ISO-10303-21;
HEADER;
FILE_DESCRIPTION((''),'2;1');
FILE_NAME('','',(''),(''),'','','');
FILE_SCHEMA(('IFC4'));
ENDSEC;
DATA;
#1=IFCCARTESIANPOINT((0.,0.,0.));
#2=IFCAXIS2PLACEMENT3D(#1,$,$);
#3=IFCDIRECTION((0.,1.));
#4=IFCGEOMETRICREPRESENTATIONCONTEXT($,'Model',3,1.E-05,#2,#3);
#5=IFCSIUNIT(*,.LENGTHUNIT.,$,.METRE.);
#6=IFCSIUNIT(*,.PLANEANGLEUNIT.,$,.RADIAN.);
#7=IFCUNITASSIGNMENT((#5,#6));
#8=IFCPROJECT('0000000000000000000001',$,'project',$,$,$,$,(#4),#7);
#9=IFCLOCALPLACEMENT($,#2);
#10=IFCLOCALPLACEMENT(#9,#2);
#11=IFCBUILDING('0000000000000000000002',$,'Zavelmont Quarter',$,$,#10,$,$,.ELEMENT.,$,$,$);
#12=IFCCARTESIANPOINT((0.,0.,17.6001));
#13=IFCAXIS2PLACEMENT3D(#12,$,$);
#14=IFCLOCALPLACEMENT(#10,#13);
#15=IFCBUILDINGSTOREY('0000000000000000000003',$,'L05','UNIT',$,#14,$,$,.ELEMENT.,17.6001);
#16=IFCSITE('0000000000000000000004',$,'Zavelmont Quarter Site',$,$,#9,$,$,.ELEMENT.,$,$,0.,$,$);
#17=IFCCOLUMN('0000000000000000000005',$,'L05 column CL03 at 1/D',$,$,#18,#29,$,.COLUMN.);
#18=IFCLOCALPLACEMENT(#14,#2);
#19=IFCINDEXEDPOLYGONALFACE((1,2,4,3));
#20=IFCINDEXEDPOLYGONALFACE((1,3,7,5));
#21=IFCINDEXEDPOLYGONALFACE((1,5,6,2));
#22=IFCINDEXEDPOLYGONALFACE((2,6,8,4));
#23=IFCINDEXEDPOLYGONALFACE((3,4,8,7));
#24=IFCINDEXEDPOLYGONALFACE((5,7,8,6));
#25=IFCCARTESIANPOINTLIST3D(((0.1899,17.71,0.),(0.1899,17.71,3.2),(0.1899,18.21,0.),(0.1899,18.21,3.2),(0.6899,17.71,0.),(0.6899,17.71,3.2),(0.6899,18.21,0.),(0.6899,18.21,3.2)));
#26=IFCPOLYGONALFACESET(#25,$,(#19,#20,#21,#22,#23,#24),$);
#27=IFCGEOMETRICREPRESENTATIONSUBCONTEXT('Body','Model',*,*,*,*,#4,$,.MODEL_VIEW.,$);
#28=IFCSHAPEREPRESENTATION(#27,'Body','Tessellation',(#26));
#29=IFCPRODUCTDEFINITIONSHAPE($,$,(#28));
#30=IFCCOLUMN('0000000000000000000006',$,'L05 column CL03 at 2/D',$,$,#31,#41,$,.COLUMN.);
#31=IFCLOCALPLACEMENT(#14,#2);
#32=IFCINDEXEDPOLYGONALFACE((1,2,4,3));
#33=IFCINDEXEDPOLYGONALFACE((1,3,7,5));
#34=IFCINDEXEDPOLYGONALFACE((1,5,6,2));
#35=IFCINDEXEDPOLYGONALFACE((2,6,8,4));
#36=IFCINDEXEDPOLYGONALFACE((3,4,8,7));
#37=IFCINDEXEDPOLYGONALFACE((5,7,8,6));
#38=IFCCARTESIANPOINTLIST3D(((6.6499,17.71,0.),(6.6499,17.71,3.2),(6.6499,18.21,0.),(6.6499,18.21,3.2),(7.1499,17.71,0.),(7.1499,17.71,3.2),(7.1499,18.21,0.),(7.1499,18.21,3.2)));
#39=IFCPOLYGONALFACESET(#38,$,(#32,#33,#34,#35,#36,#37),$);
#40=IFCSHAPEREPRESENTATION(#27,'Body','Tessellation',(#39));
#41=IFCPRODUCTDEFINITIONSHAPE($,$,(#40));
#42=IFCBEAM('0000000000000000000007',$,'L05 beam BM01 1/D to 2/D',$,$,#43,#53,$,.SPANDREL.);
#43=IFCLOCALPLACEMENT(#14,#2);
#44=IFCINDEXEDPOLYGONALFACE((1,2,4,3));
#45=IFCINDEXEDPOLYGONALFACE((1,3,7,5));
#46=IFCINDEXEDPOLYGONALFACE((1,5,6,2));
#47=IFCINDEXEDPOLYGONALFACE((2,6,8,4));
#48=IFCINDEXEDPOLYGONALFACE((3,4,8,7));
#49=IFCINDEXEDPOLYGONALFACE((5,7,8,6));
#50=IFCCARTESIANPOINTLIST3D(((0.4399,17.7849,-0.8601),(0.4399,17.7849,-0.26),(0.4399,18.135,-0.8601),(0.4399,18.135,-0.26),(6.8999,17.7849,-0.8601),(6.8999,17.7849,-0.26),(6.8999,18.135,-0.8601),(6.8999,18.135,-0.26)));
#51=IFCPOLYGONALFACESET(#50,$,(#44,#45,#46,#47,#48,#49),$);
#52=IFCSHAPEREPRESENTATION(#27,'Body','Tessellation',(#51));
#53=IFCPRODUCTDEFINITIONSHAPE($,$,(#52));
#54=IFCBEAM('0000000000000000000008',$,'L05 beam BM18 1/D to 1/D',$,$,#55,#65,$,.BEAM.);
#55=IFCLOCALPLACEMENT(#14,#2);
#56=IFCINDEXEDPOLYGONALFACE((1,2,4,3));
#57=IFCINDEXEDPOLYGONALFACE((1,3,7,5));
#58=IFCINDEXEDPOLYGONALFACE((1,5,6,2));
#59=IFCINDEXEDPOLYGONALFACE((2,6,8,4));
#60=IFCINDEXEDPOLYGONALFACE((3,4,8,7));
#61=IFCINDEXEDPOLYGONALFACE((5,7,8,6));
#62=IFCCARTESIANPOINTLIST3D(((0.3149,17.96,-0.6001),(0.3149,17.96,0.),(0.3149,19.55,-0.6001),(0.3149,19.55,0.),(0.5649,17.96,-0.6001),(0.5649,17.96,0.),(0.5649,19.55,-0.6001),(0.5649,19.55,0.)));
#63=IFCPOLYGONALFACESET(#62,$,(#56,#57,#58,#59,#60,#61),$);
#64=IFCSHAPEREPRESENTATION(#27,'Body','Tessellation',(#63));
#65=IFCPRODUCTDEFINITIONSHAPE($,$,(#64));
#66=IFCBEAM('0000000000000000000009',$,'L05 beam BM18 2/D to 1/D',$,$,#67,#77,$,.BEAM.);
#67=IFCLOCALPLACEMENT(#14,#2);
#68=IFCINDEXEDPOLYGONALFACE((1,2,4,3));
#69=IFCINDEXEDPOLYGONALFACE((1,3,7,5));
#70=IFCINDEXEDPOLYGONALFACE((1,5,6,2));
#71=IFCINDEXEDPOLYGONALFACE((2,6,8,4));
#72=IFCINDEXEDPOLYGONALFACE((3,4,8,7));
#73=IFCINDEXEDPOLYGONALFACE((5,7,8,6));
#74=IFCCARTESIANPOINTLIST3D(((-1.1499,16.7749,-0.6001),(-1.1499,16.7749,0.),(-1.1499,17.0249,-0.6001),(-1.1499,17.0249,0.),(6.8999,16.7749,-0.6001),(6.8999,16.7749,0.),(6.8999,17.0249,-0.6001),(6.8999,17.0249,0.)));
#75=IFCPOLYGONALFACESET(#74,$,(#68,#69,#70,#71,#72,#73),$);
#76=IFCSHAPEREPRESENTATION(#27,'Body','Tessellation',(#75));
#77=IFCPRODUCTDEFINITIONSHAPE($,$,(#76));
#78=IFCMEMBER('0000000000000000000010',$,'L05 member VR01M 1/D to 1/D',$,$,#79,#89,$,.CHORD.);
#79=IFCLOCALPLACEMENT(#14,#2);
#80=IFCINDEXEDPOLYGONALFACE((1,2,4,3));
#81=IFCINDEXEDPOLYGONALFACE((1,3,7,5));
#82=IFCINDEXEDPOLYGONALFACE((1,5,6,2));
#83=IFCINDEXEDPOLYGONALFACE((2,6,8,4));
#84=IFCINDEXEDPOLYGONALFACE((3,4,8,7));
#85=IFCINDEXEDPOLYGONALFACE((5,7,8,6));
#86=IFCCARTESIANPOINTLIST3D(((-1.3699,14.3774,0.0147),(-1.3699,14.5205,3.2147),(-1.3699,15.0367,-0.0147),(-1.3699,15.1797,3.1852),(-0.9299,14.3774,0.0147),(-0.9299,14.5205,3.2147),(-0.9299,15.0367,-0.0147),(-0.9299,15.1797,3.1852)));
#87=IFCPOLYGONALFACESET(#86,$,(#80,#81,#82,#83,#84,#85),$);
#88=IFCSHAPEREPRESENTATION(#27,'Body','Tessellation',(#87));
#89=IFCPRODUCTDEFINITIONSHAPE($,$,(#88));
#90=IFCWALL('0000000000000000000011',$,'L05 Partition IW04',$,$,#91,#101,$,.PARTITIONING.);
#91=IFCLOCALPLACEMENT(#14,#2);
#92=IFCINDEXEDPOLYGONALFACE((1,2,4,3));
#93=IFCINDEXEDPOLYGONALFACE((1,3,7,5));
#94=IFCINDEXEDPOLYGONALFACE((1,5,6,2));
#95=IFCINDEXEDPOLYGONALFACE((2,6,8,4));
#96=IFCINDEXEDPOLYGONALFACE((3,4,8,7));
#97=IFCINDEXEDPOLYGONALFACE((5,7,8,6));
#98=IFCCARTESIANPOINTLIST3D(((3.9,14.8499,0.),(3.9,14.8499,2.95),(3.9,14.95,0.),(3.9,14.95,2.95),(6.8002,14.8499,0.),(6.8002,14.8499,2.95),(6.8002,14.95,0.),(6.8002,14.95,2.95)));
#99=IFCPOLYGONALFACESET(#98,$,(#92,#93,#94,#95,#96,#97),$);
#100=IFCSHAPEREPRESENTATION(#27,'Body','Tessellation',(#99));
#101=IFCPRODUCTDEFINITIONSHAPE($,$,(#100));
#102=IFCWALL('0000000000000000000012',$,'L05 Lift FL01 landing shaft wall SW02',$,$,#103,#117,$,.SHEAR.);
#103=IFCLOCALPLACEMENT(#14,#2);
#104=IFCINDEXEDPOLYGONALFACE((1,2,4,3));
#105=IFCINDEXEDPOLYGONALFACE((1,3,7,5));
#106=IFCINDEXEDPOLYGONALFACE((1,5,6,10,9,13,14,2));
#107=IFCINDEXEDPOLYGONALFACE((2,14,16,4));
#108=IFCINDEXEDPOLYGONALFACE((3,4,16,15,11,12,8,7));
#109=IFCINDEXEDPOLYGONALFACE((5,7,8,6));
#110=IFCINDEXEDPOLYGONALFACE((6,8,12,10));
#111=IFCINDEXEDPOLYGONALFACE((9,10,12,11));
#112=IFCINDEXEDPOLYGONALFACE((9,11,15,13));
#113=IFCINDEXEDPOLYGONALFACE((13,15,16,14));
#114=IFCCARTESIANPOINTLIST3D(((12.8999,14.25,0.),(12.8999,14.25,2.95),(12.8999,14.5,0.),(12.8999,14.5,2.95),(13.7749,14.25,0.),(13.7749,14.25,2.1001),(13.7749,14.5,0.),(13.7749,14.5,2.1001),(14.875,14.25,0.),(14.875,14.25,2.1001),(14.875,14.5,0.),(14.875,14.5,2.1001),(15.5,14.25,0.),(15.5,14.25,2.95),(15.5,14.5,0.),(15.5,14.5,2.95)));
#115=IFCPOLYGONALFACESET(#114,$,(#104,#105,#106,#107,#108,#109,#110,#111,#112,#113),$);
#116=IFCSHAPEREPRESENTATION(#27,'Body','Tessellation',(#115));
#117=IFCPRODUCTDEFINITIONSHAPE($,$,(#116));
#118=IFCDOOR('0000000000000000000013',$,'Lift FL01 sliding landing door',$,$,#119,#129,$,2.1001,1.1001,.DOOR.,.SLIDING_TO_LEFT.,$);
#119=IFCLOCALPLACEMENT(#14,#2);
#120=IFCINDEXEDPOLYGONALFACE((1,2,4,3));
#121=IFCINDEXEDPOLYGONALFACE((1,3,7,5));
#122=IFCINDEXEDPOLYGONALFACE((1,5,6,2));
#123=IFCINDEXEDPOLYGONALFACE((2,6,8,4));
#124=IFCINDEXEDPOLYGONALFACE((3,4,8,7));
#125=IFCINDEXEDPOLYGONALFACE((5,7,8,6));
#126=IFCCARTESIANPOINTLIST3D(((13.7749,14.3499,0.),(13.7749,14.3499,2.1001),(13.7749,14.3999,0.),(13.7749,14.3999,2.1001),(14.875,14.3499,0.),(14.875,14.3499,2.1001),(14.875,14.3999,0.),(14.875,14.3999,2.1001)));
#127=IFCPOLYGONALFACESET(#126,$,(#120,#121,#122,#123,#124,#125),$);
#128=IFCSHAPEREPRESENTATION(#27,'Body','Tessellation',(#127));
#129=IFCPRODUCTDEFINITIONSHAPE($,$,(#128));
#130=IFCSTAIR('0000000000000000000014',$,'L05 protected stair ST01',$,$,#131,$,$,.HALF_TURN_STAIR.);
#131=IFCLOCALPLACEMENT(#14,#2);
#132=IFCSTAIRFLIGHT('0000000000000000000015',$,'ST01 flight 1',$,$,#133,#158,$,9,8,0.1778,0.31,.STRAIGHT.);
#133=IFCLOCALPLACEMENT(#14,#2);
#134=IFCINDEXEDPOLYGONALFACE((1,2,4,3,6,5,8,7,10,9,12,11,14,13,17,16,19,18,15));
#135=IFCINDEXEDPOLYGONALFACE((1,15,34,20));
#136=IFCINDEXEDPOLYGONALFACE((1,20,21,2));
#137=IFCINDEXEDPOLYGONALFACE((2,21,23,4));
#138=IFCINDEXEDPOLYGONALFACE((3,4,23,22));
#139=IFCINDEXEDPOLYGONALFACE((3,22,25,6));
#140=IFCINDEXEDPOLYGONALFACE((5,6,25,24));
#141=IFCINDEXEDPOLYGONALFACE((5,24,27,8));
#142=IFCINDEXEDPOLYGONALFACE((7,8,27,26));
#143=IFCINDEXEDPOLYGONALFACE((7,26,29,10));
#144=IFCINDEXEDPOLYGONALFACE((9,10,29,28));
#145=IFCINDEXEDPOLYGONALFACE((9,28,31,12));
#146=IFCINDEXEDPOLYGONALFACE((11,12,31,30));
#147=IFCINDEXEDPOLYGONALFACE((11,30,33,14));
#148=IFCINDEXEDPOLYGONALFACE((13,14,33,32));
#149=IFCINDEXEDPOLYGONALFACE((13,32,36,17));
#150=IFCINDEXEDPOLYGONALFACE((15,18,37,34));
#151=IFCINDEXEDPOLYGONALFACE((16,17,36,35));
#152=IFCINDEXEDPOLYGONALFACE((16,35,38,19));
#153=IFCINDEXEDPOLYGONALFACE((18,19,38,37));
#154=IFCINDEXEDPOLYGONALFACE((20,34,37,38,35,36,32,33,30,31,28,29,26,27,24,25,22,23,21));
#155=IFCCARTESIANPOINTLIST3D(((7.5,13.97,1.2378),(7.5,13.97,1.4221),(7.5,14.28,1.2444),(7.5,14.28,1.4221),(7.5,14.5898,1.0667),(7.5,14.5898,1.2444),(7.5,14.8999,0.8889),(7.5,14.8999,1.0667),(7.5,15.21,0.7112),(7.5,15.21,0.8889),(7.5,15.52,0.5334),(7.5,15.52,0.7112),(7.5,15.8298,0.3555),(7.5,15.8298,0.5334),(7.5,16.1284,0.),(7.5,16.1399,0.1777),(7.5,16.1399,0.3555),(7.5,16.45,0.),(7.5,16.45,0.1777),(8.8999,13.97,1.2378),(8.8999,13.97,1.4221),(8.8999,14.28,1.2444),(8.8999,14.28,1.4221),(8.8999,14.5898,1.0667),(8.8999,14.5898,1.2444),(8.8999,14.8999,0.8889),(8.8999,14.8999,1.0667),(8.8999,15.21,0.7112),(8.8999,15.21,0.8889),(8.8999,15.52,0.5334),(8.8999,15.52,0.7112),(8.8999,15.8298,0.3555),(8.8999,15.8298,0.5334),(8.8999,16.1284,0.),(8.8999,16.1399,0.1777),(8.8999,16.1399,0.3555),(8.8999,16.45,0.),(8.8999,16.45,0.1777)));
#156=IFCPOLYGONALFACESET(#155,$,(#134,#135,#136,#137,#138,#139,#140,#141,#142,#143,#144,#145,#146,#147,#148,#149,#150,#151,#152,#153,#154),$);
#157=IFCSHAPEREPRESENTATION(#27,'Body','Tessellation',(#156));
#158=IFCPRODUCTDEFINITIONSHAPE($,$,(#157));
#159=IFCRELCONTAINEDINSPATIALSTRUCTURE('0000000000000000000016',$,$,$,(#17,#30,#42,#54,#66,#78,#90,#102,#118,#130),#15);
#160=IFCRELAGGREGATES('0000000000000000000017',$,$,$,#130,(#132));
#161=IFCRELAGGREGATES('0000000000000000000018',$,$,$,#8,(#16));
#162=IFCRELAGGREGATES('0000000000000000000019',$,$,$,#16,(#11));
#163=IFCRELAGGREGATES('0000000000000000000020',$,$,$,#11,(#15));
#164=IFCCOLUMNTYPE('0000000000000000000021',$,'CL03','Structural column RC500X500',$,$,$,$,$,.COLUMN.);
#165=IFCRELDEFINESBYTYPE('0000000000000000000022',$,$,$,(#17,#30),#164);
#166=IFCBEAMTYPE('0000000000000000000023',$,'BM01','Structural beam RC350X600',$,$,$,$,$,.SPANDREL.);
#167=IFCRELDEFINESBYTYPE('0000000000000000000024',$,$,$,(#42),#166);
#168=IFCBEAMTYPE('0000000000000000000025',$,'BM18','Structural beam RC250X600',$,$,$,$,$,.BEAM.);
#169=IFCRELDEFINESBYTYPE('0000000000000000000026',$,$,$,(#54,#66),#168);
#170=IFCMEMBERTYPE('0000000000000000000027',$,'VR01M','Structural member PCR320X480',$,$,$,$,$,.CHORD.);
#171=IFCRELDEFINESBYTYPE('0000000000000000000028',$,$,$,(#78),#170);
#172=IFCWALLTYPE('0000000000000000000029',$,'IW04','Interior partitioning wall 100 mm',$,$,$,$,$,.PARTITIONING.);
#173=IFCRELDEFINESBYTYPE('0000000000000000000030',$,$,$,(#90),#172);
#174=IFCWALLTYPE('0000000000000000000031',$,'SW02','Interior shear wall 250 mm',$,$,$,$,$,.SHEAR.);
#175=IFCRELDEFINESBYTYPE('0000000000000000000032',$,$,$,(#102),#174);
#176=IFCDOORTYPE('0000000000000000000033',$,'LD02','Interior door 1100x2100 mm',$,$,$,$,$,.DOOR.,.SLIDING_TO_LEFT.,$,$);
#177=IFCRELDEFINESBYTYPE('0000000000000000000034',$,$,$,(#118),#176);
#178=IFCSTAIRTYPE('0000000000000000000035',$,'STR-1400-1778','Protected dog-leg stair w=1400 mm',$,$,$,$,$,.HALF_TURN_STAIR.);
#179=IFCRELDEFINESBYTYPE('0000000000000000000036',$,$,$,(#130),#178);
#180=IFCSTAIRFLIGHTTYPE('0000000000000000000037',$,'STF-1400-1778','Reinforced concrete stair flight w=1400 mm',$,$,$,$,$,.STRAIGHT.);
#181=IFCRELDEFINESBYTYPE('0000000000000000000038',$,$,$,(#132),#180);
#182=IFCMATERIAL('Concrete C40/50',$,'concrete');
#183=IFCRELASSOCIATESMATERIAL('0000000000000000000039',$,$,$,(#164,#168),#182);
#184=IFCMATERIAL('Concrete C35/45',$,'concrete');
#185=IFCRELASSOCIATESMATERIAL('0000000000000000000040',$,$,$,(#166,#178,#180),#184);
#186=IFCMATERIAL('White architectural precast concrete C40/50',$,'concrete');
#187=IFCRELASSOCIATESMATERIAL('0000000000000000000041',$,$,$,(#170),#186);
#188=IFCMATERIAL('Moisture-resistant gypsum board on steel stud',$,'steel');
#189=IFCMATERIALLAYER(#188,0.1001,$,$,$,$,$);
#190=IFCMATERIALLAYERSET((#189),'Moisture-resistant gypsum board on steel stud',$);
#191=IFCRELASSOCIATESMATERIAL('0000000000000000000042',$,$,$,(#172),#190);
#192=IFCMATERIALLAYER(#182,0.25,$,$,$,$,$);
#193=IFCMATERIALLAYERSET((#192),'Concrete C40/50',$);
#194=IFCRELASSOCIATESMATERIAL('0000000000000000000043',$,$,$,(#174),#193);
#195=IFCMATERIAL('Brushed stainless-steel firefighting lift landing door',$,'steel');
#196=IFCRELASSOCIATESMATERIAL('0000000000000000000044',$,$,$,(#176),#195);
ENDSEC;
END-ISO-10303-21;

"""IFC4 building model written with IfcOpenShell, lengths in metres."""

from ifc_helpers import new_model, si_unit, direction, frame, frame_2d, origin, origin_with_axes, origin_2d, place, context, subcontext, project, spatial, polyline, rectangle, outline, extrude, material, layer, layer_set, material_profile, profile_set, type_object, element, fill, aggregate, save


model = new_model("IFC4")

# Units and contexts
model_context = context("Model", 3, precision=1e-05, world=origin(), true_north=direction((0.0, 1.0)))
body_context = subcontext(model_context, "Body", "Model", "MODEL_VIEW")
ifc_project = project(units=[si_unit("LENGTHUNIT", "METRE"), si_unit("PLANEANGLEUNIT", "RADIAN")], contexts=[model_context])

# Site, building, storey
site_placement = place(None, origin())
site = spatial("IfcSite", under=ifc_project, at=site_placement, Name="Zavelmont Quarter Site", CompositionType="ELEMENT", RefElevation=0.0)
building_placement = place(site_placement, origin())
building = spatial("IfcBuilding", under=site, at=building_placement, Name="Zavelmont Quarter", CompositionType="ELEMENT")
storey_placement = place(building_placement, frame((0.0, 0.0, 17.6001)))
storey = spatial("IfcBuildingStorey", under=building, at=storey_placement, Name="L05", Description="UNIT", CompositionType="ELEMENT", Elevation=17.6001)

# Columns
ifc_material_1 = material(Name="Concrete C40/50", Category="concrete")
ifc_material_profile_1 = material_profile(ifc_material_1, rectangle(XDim=0.5, YDim=0.5, at=origin_2d()), Name="RC500X500")
ifc_profile_set_1 = profile_set([ifc_material_profile_1], Name="Concrete C40/50")
column_type = type_object("IfcColumnType", Name="CL03", Description="Structural column RC500X500", PredefinedType="COLUMN", material=ifc_profile_set_1)
for number, where, z_axis, x_axis, name in (
    (1, (0.4399, 17.96, 0.0), (0.0, 0.0, 1.0), (1.0, 0.0, 0.0), "L05 column CL03 at 1/D"),
    (2, (6.8999, 17.96, 0.0), (0.0, 0.0, 1.0), (1.0, 0.0, 0.0), "L05 column CL03 at 2/D"),
):
    element("IfcColumn", number, at=place(storey_placement, frame(where, z_axis=z_axis, x_axis=x_axis)), inside=storey, type_object=column_type, Name=name, PredefinedType="COLUMN", context=body_context, shape_type="SweptSolid", body=[
        extrude(rectangle(XDim=0.5, YDim=0.5, at=origin_2d()), origin(), (0.0, 0.0, 1.0), 3.2),
    ])

# Beams
ifc_material_2 = material(Name="Concrete C35/45", Category="concrete")
ifc_material_profile_2 = material_profile(ifc_material_2, rectangle(XDim=0.3501, YDim=0.6001, at=origin_2d()), Name="RC350X600")
ifc_profile_set_2 = profile_set([ifc_material_profile_2], Name="Concrete C35/45")
beam_type_1 = type_object("IfcBeamType", Name="BM01", Description="Structural beam RC350X600", PredefinedType="SPANDREL", material=ifc_profile_set_2)
beam_1_placement = place(storey_placement, frame((0.4399, 17.96, -0.5601), z_axis=(1.0, 0.0, 0.0), x_axis=(0.0, 1.0, 0.0)))
element("IfcBeam", 3, at=beam_1_placement, inside=storey, type_object=beam_type_1, Name="L05 beam BM01 1/D to 2/D", PredefinedType="SPANDREL", context=body_context, shape_type="SweptSolid", body=[
    extrude(rectangle(XDim=0.3501, YDim=0.6001, at=origin_2d()), origin(), (0.0, 0.0, 1.0), 6.46),
])
ifc_material_profile_3 = material_profile(ifc_material_1, rectangle(XDim=0.25, YDim=0.6001, at=origin_2d()), Name="RC250X600")
ifc_profile_set_3 = profile_set([ifc_material_profile_3], Name="Concrete C40/50")
beam_type_2 = type_object("IfcBeamType", Name="BM18", Description="Structural beam RC250X600", PredefinedType="BEAM", material=ifc_profile_set_3)
beam_2_placement = place(storey_placement, frame((0.4399, 17.96, -0.3), z_axis=(0.0, 1.0, 0.0), x_axis=(-1.0, 0.0, 0.0)))
element("IfcBeam", 4, at=beam_2_placement, inside=storey, type_object=beam_type_2, Name="L05 beam BM18 1/D to 1/D", PredefinedType="BEAM", context=body_context, shape_type="SweptSolid", body=[
    extrude(rectangle(XDim=0.25, YDim=0.6001, at=origin_2d()), origin(), (0.0, 0.0, 1.0), 1.5901),
])
beam_3_placement = place(storey_placement, frame((6.8999, 16.8999, -0.3), z_axis=(-1.0, 0.0, 0.0), x_axis=(0.0, -1.0, 0.0)))
element("IfcBeam", 5, at=beam_3_placement, inside=storey, type_object=beam_type_2, Name="L05 beam BM18 2/D to 1/D", PredefinedType="BEAM", context=body_context, shape_type="SweptSolid", body=[
    extrude(rectangle(XDim=0.25, YDim=0.6001, at=origin_2d()), origin(), (0.0, 0.0, 1.0), 8.0498),
])

# Member
ifc_material_3 = material(Name="White architectural precast concrete C40/50", Category="concrete")
ifc_material_profile_4 = material_profile(ifc_material_3, rectangle(XDim=0.4399, YDim=0.6599, at=origin_2d()), Name="PCR320X480")
ifc_profile_set_4 = profile_set([ifc_material_profile_4], Name="White architectural precast concrete C40/50")
member_type = type_object("IfcMemberType", Name="VR01M", Description="Structural member PCR320X480", PredefinedType="CHORD", material=ifc_profile_set_4)
member_placement = place(storey_placement, frame((-1.1499, 14.707, 0.0), z_axis=(0.0, 0.044664, 0.999002), x_axis=(-1.0, 0.0, 0.0)))
element("IfcMember", 6, at=member_placement, inside=storey, type_object=member_type, Name="L05 member VR01M 1/D to 1/D", PredefinedType="CHORD", context=body_context, shape_type="SweptSolid", body=[
    extrude(rectangle(XDim=0.4399, YDim=0.6599, at=origin_2d()), origin(), (0.0, 0.0, 1.0), 3.2031),
])

# Wall
ifc_material_4 = material(Name="Moisture-resistant gypsum board on steel stud", Category="steel")
ifc_layer_1 = layer(ifc_material_4, 0.1001)
ifc_layer_set_1 = layer_set([ifc_layer_1], Name="Moisture-resistant gypsum board on steel stud")
wall_type_1 = type_object("IfcWallType", Name="IW04", Description="Interior partitioning wall 100 mm", PredefinedType="PARTITIONING", material=ifc_layer_set_1)
wall_1_placement = place(storey_placement, frame((3.8999, 14.8999, 0.0), z_axis=(0.0, 0.0, 1.0), x_axis=(1.0, 0.0, 0.0)))
element("IfcWall", 7, at=wall_1_placement, inside=storey, type_object=wall_type_1, Name="L05 Partition IW04", PredefinedType="PARTITIONING", context=body_context, shape_type="SweptSolid", body=[
    extrude(rectangle(XDim=2.9001, YDim=0.1001, at=frame_2d((1.4502, 0.0))), origin(), (0.0, 0.0, 1.0), 2.95),
])

# Wall, opening, door
ifc_layer_2 = layer(ifc_material_1, 0.25)
ifc_layer_set_2 = layer_set([ifc_layer_2], Name="Concrete C40/50")
wall_type_2 = type_object("IfcWallType", Name="SW02", Description="Interior shear wall 250 mm", PredefinedType="SHEAR", material=ifc_layer_set_2)
wall_2_placement = place(storey_placement, frame((12.8999, 14.375, 0.0), z_axis=(0.0, 0.0, 1.0), x_axis=(1.0, 0.0, 0.0)))
wall_2 = element("IfcWall", 8, at=wall_2_placement, inside=storey, type_object=wall_type_2, Name="L05 Lift FL01 landing shaft wall SW02", PredefinedType="SHEAR", context=body_context, shape_type="SweptSolid", body=[
    extrude(rectangle(XDim=2.6001, YDim=0.25, at=frame_2d((1.3, 0.0))), origin(), (0.0, 0.0, 1.0), 2.95),
])
opening_1_placement = place(wall_2_placement, frame((0.875, 0.0, 0.0)))
opening_1 = element("IfcOpeningElement", 9, at=opening_1_placement, cuts=wall_2, PredefinedType="OPENING", context=body_context, shape_type="SweptSolid", body=[
    extrude(rectangle(XDim=1.1001, YDim=2.1001, at=frame_2d((0.55, 1.05))), frame((0.0, 0.137, 0.0), z_axis=(0.0, -1.0, 0.0), x_axis=(1.0, 0.0, 0.0)), (0.0, 0.0, 1.0), 0.2739),
])
ifc_material_5 = material(Name="Brushed stainless-steel firefighting lift landing door", Category="steel")
door_type_1 = type_object("IfcDoorType", Name="LD02", Description="Interior door 1100x2100 mm", OperationType="SLIDING_TO_LEFT", PredefinedType="DOOR", material=ifc_material_5)
door_1_placement = place(opening_1_placement, origin_with_axes())
door_1 = element("IfcDoor", 10, at=door_1_placement, inside=storey, type_object=door_type_1, Name="Lift FL01 sliding landing door", OperationType="SLIDING_TO_LEFT", OverallHeight=2.1001, OverallWidth=1.1001, PredefinedType="DOOR", context=body_context, shape_type="SweptSolid", body=[
    extrude(rectangle(XDim=1.1001, YDim=2.1001, at=frame_2d((0.55, 1.05))), frame((0.0, 0.0249, 0.0), z_axis=(0.0, -1.0, 0.0), x_axis=(1.0, 0.0, 0.0)), (0.0, 0.0, 1.0), 0.05),
])
fill(opening_1, door_1)

# Stair, stair flight
stair_type = type_object("IfcStairType", Name="STR-1400-1778", Description="Protected dog-leg stair w=1400 mm", PredefinedType="HALF_TURN_STAIR", material=ifc_material_2)
stair_placement = place(storey_placement, origin())
stair = element("IfcStair", 11, at=stair_placement, inside=storey, type_object=stair_type, Name="L05 protected stair ST01", PredefinedType="HALF_TURN_STAIR")
stair_flight_type = type_object("IfcStairFlightType", Name="STF-1400-1778", Description="Reinforced concrete stair flight w=1400 mm", PredefinedType="STRAIGHT", material=ifc_material_2)
stair_flight_1_placement = place(storey_placement, frame((8.2, 16.45, 0.0), z_axis=(0.0, 0.0, 1.0), x_axis=(0.0, -1.0, 0.0)))
stair_flight_1 = element("IfcStairFlight", 12, at=stair_flight_1_placement, type_object=stair_flight_type, Name="ST01 flight 1", NumberOfRisers=9, NumberOfTreads=8, PredefinedType="STRAIGHT", RiserHeight=0.1778, TreadLength=0.31, context=body_context, shape_type="SweptSolid", body=[
    extrude(outline(polyline([(0.0, 0.0), (0.0, 0.1777), (0.3101, 0.1777), (0.3101, 0.3555), (0.6201, 0.3555), (0.6201, 0.5334), (0.9299, 0.5334), (0.9299, 0.7112), (1.24, 0.7112), (1.24, 0.8889), (1.55, 0.8889), (1.55, 1.0667), (1.8601, 1.0667), (1.8601, 1.2444), (2.1699, 1.2444), (2.1699, 1.4221), (2.48, 1.4221), (2.48, 1.6001), (2.48, 1.2378), (0.3215, 0.0), (0.0, 0.0)])), frame((0.0, 0.7, 0.0), z_axis=(0.0, -1.0, 0.0), x_axis=(1.0, 0.0, 0.0)), (0.0, 0.0, 1.0), 1.3999),
])
aggregate(stair, [stair_flight_1])

save(model, "model.ifc")
